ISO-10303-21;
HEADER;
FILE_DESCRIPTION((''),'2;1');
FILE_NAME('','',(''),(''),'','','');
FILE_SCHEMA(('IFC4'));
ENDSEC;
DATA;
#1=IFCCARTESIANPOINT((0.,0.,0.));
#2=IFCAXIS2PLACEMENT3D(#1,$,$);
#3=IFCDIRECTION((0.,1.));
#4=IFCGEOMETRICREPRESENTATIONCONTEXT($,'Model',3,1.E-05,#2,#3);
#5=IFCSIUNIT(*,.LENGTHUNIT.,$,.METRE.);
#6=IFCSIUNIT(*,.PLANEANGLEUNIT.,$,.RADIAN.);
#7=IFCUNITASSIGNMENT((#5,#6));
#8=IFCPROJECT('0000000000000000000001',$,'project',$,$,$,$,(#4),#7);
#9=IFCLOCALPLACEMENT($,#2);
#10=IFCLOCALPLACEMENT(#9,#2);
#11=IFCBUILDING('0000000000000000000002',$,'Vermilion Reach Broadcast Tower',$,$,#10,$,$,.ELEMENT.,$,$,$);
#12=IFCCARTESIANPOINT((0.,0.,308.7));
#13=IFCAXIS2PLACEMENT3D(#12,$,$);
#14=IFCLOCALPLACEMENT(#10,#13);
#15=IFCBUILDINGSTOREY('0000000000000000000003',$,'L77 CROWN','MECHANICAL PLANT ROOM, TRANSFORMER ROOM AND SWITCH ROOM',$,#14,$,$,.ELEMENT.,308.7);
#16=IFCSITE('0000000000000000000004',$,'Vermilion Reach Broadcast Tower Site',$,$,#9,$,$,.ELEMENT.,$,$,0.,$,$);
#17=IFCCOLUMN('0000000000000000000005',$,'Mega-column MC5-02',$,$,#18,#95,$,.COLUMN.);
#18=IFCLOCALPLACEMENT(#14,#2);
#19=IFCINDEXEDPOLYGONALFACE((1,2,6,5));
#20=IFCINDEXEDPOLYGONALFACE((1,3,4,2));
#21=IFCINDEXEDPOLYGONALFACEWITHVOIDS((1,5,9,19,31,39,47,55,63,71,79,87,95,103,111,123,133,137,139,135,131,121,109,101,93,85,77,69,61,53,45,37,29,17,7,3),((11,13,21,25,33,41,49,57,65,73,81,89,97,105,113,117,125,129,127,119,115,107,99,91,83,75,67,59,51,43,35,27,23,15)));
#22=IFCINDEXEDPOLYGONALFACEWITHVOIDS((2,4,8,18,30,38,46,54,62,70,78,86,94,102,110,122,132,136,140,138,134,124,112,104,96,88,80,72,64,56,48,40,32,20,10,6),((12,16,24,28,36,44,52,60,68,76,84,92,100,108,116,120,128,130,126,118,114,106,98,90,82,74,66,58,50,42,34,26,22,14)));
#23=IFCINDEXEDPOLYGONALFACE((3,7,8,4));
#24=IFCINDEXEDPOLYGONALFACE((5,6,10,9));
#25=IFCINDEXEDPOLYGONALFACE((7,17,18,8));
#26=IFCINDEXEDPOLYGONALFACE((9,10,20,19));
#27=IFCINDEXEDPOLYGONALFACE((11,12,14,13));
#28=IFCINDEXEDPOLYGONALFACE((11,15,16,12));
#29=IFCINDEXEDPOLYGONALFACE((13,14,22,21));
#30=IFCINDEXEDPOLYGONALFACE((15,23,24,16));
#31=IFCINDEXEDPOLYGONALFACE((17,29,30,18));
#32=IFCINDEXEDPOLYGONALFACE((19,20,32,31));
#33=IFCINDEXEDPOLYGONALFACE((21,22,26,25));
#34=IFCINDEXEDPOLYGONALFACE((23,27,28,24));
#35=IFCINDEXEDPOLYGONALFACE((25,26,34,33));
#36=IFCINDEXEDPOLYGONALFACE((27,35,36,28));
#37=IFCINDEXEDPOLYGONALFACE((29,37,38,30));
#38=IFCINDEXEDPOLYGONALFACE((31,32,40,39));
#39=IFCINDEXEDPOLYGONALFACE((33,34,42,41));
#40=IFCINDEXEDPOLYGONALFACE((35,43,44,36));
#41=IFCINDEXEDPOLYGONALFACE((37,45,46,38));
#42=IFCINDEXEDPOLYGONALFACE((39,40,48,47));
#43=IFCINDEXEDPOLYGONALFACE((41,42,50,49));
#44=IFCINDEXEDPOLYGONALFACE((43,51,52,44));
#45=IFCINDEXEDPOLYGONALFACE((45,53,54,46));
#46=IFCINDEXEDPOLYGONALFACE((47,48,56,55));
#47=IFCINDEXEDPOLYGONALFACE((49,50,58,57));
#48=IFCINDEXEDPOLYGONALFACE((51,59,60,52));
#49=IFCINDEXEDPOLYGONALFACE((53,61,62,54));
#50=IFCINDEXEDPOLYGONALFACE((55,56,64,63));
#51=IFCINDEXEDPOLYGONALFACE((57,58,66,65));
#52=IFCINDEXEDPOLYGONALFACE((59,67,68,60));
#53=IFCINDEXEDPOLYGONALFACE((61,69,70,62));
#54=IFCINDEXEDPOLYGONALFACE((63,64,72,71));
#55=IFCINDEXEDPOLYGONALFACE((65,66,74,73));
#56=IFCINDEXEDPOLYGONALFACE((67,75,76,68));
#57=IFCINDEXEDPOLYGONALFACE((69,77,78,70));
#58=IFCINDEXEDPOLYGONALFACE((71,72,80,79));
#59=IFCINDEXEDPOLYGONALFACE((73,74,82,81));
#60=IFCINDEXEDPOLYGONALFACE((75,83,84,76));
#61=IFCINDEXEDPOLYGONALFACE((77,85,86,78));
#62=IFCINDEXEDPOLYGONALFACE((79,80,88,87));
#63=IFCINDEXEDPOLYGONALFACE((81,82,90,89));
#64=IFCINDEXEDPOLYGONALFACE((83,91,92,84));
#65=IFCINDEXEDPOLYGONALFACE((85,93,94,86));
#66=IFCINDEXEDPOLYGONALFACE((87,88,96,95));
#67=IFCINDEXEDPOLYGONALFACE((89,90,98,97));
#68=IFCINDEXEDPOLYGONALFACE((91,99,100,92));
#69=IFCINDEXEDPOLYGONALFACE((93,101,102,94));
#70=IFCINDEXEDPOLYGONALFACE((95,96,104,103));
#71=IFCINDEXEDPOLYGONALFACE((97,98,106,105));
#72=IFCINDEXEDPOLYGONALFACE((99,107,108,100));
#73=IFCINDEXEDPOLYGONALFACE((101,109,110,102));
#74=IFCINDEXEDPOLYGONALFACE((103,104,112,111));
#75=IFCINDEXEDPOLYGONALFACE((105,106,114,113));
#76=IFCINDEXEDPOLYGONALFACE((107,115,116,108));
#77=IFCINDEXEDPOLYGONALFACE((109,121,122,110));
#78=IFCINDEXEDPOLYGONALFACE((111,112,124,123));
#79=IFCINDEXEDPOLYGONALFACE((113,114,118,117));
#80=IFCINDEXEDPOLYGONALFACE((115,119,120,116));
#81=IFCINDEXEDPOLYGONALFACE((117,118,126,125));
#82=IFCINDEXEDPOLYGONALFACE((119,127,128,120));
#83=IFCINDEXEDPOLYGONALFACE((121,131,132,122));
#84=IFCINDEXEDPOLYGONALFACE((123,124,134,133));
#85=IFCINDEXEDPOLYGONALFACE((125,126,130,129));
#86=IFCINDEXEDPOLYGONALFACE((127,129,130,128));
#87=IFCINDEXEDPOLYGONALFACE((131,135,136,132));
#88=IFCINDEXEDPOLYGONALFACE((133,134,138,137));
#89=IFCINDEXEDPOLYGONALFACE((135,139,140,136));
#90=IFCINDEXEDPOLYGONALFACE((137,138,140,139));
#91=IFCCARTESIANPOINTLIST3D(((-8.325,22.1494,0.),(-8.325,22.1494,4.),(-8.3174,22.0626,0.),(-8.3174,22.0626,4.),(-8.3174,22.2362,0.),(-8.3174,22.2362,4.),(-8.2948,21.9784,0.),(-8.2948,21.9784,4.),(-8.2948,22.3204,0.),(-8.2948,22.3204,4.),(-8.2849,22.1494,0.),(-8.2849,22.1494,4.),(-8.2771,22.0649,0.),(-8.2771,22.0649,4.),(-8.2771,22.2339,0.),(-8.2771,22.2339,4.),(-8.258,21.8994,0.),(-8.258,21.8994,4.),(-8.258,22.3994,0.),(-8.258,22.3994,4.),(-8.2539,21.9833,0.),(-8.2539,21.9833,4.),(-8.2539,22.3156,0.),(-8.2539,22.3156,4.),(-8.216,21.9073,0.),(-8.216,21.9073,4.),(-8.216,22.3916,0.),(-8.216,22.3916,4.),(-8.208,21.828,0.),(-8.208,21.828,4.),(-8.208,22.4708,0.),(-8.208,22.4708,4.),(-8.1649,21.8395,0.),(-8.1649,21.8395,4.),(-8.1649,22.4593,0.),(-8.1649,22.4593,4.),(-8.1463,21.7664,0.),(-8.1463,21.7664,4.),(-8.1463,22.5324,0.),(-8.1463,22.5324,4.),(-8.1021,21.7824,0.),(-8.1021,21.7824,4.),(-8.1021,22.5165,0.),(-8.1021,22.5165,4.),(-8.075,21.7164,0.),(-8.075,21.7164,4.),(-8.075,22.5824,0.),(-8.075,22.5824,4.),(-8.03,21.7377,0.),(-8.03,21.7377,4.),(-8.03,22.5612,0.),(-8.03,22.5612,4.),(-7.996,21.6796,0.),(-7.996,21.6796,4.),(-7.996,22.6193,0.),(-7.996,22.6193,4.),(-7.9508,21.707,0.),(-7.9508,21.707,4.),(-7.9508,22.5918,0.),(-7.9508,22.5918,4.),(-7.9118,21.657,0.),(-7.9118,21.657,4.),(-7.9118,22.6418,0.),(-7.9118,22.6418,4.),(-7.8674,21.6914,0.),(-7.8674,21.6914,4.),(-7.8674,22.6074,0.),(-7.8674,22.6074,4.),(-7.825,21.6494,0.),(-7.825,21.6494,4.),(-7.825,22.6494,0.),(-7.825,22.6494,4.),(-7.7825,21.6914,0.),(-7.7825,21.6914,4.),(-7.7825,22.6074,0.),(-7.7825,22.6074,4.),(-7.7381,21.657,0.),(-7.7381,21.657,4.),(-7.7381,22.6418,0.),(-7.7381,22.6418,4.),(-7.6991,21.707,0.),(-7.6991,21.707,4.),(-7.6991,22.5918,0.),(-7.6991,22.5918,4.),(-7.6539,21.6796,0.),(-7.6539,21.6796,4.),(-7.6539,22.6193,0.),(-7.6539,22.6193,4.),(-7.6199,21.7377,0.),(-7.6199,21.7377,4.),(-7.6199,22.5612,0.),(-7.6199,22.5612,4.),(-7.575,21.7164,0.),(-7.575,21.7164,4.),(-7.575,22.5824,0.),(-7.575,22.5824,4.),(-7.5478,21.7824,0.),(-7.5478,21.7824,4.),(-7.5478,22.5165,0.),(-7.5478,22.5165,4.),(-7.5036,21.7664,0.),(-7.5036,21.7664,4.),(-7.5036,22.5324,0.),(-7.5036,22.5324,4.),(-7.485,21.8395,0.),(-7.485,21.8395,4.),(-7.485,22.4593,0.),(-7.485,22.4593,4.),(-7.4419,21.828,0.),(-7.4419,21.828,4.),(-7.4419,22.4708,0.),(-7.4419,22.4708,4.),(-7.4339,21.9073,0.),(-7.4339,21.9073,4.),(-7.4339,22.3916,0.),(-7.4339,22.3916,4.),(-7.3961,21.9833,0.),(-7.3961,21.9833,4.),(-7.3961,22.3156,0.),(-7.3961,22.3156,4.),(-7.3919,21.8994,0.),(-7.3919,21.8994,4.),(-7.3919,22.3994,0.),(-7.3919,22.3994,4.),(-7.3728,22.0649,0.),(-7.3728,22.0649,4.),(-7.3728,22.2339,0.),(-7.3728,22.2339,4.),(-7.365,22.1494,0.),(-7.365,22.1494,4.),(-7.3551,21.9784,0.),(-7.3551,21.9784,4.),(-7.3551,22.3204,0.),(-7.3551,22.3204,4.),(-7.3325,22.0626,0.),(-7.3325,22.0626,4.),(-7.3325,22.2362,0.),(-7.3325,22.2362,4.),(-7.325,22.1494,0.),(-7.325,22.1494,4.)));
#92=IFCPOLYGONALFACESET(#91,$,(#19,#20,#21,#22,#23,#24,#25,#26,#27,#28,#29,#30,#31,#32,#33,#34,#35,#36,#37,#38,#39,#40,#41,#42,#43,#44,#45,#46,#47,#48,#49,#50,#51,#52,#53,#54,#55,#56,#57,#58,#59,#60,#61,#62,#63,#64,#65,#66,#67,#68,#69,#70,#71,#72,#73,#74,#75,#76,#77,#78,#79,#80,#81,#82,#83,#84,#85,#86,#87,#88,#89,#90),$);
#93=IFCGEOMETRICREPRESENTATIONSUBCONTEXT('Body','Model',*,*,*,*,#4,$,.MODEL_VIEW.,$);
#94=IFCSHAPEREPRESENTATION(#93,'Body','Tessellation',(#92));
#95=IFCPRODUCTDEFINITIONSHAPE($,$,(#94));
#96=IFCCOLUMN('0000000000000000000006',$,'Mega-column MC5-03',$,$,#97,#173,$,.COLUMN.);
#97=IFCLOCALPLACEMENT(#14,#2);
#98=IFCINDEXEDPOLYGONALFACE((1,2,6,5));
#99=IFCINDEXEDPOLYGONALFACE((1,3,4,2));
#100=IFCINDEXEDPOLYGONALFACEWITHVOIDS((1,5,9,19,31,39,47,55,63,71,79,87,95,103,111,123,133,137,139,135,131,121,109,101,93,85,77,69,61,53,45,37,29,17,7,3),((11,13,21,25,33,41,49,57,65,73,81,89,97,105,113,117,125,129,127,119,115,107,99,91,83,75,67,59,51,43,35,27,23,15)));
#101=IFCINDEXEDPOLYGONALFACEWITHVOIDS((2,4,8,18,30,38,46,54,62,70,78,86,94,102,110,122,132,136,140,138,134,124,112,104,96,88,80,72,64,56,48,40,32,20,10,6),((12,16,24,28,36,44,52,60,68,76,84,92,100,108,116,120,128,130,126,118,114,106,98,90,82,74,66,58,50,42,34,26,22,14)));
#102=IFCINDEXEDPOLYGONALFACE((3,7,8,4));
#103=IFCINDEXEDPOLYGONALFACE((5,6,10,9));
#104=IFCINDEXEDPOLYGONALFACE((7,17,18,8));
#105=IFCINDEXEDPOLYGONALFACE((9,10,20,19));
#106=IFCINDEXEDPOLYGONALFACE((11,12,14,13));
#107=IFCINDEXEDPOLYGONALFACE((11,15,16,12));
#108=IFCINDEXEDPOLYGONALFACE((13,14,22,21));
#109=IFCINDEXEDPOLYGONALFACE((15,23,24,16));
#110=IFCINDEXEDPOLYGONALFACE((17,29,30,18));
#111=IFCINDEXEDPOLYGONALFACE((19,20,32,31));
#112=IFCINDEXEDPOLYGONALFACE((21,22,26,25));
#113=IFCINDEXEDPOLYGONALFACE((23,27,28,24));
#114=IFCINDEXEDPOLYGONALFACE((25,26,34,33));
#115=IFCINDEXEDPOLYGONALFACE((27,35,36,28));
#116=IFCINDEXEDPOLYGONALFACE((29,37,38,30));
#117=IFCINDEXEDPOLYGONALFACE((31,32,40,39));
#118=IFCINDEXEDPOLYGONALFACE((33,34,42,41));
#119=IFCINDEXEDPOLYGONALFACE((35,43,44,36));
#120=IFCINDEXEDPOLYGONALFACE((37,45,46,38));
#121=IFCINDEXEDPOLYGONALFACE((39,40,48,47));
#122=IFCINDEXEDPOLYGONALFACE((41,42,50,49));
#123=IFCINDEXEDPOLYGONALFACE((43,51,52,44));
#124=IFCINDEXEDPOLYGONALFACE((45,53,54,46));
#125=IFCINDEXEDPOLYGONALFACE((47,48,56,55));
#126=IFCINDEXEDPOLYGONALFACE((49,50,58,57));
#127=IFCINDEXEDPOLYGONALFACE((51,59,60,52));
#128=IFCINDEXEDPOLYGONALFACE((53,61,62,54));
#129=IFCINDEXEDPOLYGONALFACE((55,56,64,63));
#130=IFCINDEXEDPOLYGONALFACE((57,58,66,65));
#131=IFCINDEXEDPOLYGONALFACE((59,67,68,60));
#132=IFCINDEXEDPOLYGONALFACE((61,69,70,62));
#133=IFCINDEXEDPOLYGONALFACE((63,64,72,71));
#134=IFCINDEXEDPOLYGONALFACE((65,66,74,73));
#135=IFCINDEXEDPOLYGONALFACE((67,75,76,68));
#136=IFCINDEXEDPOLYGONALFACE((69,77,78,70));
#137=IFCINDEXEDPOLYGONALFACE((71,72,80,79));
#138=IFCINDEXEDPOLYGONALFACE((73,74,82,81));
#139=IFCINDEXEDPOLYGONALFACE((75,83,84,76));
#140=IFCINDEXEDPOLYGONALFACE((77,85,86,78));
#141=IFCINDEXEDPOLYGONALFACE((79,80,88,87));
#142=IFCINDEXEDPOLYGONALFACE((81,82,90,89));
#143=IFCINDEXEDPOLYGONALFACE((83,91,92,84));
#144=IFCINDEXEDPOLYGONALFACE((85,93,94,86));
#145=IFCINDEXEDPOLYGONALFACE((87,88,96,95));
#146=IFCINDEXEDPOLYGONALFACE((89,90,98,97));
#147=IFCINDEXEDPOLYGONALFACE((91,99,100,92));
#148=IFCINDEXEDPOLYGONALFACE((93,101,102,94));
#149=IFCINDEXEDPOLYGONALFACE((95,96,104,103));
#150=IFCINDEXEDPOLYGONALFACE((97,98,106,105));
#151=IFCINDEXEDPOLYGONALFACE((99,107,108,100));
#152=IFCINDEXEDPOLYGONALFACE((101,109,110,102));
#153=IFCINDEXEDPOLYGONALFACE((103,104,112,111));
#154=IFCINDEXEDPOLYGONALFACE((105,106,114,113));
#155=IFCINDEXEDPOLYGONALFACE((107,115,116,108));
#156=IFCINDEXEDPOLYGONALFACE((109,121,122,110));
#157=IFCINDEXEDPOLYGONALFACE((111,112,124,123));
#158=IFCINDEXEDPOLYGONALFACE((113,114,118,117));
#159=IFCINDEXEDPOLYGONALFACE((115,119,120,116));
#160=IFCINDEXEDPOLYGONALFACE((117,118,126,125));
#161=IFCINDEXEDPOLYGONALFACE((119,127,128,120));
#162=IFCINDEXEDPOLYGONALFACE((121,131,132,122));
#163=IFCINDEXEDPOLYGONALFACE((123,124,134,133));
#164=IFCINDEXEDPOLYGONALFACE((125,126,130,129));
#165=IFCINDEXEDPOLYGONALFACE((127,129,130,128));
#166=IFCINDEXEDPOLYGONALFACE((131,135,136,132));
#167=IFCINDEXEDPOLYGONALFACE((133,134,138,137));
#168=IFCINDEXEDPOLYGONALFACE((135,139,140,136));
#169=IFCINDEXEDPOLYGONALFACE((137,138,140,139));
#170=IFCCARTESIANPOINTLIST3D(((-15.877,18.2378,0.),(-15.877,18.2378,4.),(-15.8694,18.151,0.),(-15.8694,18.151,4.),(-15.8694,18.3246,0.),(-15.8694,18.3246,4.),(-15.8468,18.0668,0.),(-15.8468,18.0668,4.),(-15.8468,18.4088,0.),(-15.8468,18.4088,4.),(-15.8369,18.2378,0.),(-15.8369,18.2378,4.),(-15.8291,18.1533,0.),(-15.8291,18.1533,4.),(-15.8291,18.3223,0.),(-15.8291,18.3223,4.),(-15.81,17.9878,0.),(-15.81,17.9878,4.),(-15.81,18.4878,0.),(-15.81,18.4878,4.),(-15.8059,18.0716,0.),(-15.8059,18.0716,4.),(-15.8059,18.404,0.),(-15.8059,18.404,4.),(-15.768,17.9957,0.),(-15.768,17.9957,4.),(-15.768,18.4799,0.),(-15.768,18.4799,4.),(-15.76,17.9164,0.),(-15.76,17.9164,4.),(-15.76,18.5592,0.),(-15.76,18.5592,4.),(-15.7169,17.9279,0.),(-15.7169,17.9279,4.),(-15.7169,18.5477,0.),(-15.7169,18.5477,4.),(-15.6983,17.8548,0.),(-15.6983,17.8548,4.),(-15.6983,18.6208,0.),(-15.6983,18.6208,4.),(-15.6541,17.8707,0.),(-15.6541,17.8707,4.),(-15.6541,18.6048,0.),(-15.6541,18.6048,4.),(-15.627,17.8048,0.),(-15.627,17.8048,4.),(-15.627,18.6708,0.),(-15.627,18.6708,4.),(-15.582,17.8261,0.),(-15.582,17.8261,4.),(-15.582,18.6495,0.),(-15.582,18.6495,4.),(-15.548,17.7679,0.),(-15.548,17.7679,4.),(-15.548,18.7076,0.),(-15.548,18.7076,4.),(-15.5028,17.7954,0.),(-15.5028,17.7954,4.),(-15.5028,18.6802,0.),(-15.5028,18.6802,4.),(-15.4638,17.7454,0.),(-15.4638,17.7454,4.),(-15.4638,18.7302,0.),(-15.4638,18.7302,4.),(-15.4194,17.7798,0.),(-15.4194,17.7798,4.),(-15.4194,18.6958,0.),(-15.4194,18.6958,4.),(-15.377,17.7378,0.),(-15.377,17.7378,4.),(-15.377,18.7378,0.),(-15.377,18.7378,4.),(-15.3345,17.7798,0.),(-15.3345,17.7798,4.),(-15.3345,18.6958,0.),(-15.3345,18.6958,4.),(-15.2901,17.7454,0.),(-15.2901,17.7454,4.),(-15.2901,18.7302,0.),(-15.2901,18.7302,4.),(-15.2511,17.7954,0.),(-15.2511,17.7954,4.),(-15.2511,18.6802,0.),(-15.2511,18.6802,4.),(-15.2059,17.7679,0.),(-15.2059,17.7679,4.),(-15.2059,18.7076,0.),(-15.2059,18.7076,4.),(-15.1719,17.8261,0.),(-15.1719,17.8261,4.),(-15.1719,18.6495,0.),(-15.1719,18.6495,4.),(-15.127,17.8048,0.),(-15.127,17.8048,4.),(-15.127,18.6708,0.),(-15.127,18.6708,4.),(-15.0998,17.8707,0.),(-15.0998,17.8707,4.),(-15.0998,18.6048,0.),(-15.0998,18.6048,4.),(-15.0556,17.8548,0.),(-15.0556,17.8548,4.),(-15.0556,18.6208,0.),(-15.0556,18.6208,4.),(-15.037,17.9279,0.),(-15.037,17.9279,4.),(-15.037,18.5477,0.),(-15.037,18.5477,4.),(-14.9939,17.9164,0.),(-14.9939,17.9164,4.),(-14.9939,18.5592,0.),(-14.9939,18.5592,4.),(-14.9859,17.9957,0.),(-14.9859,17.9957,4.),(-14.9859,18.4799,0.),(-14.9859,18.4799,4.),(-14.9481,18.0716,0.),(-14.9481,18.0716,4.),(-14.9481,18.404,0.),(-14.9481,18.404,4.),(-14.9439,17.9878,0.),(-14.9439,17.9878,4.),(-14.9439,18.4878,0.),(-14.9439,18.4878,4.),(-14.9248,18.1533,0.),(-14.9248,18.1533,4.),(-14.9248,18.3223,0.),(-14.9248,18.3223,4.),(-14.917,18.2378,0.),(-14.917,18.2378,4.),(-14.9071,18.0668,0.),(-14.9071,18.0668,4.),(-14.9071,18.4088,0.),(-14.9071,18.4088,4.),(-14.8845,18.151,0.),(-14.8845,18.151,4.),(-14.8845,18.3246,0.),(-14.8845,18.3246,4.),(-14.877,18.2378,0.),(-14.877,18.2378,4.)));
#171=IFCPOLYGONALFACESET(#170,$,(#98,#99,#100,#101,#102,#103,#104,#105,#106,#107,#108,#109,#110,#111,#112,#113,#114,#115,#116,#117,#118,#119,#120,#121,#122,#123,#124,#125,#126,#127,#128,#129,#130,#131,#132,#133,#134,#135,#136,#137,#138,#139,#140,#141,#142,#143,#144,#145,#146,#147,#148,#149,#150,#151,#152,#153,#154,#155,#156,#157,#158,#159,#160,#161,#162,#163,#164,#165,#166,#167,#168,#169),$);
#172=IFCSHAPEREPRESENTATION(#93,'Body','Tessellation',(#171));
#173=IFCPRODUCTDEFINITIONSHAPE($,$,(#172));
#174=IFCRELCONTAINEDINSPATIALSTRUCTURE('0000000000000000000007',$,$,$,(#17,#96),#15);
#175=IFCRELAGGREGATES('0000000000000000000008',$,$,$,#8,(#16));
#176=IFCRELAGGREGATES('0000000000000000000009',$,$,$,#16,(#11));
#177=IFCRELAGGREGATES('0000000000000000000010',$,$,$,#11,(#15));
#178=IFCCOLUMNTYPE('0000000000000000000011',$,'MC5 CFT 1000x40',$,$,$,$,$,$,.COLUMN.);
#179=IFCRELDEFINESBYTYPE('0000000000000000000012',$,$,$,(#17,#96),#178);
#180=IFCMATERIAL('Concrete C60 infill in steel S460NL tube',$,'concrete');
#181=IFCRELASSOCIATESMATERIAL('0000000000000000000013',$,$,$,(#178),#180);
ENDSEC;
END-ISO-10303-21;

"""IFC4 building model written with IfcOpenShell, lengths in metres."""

from ifc_helpers import new_model, si_unit, direction, frame, origin, origin_2d, place, context, subcontext, project, spatial, hollow_circle, extrude, material, material_profile, profile_set, type_object, element, save


model = new_model("IFC4")

# Units and contexts
model_context = context("Model", 3, precision=1e-05, world=origin(), true_north=direction((0.0, 1.0)))
body_context = subcontext(model_context, "Body", "Model", "MODEL_VIEW")
ifc_project = project(units=[si_unit("LENGTHUNIT", "METRE"), si_unit("PLANEANGLEUNIT", "RADIAN")], contexts=[model_context])

# Site, building, storey
site_placement = place(None, origin())
site = spatial("IfcSite", under=ifc_project, at=site_placement, Name="Vermilion Reach Broadcast Tower Site", CompositionType="ELEMENT", RefElevation=0.0)
building_placement = place(site_placement, origin())
building = spatial("IfcBuilding", under=site, at=building_placement, Name="Vermilion Reach Broadcast Tower", CompositionType="ELEMENT")
storey_placement = place(building_placement, frame((0.0, 0.0, 308.7)))
storey = spatial("IfcBuildingStorey", under=building, at=storey_placement, Name="L77 CROWN", Description="MECHANICAL PLANT ROOM, TRANSFORMER ROOM AND SWITCH ROOM", CompositionType="ELEMENT", Elevation=308.7)

# Columns
ifc_material_1 = material(Name="Concrete C60 infill in steel S460NL tube", Category="concrete")
ifc_material_profile_1 = material_profile(ifc_material_1, hollow_circle(Radius=0.5, WallThickness=0.04, at=origin_2d()), Name="Concrete C60 infill in steel S460NL tube CFT 1000x40")
ifc_profile_set_1 = profile_set([ifc_material_profile_1], Name="Concrete C60 infill in steel S460NL tube")
column_type = type_object("IfcColumnType", Name="MC5 CFT 1000x40", PredefinedType="COLUMN", material=ifc_profile_set_1)
for number, where, z_axis, x_axis, name in (
    (1, (-7.825, 22.1494, 0.0), (0.0, 0.0, 1.0), (1.0, 0.0, 0.0), "Mega-column MC5-02"),
    (2, (-15.377, 18.2378, 0.0), (0.0, 0.0, 1.0), (1.0, 0.0, 0.0), "Mega-column MC5-03"),
):
    element("IfcColumn", number, at=place(storey_placement, frame(where, z_axis=z_axis, x_axis=x_axis)), inside=storey, type_object=column_type, Name=name, PredefinedType="COLUMN", context=body_context, shape_type="SweptSolid", body=[
        extrude(hollow_circle(Radius=0.5, WallThickness=0.04, at=origin_2d()), origin(), (0.0, 0.0, 1.0), 4.0),
    ])

save(model, "model.ifc")
